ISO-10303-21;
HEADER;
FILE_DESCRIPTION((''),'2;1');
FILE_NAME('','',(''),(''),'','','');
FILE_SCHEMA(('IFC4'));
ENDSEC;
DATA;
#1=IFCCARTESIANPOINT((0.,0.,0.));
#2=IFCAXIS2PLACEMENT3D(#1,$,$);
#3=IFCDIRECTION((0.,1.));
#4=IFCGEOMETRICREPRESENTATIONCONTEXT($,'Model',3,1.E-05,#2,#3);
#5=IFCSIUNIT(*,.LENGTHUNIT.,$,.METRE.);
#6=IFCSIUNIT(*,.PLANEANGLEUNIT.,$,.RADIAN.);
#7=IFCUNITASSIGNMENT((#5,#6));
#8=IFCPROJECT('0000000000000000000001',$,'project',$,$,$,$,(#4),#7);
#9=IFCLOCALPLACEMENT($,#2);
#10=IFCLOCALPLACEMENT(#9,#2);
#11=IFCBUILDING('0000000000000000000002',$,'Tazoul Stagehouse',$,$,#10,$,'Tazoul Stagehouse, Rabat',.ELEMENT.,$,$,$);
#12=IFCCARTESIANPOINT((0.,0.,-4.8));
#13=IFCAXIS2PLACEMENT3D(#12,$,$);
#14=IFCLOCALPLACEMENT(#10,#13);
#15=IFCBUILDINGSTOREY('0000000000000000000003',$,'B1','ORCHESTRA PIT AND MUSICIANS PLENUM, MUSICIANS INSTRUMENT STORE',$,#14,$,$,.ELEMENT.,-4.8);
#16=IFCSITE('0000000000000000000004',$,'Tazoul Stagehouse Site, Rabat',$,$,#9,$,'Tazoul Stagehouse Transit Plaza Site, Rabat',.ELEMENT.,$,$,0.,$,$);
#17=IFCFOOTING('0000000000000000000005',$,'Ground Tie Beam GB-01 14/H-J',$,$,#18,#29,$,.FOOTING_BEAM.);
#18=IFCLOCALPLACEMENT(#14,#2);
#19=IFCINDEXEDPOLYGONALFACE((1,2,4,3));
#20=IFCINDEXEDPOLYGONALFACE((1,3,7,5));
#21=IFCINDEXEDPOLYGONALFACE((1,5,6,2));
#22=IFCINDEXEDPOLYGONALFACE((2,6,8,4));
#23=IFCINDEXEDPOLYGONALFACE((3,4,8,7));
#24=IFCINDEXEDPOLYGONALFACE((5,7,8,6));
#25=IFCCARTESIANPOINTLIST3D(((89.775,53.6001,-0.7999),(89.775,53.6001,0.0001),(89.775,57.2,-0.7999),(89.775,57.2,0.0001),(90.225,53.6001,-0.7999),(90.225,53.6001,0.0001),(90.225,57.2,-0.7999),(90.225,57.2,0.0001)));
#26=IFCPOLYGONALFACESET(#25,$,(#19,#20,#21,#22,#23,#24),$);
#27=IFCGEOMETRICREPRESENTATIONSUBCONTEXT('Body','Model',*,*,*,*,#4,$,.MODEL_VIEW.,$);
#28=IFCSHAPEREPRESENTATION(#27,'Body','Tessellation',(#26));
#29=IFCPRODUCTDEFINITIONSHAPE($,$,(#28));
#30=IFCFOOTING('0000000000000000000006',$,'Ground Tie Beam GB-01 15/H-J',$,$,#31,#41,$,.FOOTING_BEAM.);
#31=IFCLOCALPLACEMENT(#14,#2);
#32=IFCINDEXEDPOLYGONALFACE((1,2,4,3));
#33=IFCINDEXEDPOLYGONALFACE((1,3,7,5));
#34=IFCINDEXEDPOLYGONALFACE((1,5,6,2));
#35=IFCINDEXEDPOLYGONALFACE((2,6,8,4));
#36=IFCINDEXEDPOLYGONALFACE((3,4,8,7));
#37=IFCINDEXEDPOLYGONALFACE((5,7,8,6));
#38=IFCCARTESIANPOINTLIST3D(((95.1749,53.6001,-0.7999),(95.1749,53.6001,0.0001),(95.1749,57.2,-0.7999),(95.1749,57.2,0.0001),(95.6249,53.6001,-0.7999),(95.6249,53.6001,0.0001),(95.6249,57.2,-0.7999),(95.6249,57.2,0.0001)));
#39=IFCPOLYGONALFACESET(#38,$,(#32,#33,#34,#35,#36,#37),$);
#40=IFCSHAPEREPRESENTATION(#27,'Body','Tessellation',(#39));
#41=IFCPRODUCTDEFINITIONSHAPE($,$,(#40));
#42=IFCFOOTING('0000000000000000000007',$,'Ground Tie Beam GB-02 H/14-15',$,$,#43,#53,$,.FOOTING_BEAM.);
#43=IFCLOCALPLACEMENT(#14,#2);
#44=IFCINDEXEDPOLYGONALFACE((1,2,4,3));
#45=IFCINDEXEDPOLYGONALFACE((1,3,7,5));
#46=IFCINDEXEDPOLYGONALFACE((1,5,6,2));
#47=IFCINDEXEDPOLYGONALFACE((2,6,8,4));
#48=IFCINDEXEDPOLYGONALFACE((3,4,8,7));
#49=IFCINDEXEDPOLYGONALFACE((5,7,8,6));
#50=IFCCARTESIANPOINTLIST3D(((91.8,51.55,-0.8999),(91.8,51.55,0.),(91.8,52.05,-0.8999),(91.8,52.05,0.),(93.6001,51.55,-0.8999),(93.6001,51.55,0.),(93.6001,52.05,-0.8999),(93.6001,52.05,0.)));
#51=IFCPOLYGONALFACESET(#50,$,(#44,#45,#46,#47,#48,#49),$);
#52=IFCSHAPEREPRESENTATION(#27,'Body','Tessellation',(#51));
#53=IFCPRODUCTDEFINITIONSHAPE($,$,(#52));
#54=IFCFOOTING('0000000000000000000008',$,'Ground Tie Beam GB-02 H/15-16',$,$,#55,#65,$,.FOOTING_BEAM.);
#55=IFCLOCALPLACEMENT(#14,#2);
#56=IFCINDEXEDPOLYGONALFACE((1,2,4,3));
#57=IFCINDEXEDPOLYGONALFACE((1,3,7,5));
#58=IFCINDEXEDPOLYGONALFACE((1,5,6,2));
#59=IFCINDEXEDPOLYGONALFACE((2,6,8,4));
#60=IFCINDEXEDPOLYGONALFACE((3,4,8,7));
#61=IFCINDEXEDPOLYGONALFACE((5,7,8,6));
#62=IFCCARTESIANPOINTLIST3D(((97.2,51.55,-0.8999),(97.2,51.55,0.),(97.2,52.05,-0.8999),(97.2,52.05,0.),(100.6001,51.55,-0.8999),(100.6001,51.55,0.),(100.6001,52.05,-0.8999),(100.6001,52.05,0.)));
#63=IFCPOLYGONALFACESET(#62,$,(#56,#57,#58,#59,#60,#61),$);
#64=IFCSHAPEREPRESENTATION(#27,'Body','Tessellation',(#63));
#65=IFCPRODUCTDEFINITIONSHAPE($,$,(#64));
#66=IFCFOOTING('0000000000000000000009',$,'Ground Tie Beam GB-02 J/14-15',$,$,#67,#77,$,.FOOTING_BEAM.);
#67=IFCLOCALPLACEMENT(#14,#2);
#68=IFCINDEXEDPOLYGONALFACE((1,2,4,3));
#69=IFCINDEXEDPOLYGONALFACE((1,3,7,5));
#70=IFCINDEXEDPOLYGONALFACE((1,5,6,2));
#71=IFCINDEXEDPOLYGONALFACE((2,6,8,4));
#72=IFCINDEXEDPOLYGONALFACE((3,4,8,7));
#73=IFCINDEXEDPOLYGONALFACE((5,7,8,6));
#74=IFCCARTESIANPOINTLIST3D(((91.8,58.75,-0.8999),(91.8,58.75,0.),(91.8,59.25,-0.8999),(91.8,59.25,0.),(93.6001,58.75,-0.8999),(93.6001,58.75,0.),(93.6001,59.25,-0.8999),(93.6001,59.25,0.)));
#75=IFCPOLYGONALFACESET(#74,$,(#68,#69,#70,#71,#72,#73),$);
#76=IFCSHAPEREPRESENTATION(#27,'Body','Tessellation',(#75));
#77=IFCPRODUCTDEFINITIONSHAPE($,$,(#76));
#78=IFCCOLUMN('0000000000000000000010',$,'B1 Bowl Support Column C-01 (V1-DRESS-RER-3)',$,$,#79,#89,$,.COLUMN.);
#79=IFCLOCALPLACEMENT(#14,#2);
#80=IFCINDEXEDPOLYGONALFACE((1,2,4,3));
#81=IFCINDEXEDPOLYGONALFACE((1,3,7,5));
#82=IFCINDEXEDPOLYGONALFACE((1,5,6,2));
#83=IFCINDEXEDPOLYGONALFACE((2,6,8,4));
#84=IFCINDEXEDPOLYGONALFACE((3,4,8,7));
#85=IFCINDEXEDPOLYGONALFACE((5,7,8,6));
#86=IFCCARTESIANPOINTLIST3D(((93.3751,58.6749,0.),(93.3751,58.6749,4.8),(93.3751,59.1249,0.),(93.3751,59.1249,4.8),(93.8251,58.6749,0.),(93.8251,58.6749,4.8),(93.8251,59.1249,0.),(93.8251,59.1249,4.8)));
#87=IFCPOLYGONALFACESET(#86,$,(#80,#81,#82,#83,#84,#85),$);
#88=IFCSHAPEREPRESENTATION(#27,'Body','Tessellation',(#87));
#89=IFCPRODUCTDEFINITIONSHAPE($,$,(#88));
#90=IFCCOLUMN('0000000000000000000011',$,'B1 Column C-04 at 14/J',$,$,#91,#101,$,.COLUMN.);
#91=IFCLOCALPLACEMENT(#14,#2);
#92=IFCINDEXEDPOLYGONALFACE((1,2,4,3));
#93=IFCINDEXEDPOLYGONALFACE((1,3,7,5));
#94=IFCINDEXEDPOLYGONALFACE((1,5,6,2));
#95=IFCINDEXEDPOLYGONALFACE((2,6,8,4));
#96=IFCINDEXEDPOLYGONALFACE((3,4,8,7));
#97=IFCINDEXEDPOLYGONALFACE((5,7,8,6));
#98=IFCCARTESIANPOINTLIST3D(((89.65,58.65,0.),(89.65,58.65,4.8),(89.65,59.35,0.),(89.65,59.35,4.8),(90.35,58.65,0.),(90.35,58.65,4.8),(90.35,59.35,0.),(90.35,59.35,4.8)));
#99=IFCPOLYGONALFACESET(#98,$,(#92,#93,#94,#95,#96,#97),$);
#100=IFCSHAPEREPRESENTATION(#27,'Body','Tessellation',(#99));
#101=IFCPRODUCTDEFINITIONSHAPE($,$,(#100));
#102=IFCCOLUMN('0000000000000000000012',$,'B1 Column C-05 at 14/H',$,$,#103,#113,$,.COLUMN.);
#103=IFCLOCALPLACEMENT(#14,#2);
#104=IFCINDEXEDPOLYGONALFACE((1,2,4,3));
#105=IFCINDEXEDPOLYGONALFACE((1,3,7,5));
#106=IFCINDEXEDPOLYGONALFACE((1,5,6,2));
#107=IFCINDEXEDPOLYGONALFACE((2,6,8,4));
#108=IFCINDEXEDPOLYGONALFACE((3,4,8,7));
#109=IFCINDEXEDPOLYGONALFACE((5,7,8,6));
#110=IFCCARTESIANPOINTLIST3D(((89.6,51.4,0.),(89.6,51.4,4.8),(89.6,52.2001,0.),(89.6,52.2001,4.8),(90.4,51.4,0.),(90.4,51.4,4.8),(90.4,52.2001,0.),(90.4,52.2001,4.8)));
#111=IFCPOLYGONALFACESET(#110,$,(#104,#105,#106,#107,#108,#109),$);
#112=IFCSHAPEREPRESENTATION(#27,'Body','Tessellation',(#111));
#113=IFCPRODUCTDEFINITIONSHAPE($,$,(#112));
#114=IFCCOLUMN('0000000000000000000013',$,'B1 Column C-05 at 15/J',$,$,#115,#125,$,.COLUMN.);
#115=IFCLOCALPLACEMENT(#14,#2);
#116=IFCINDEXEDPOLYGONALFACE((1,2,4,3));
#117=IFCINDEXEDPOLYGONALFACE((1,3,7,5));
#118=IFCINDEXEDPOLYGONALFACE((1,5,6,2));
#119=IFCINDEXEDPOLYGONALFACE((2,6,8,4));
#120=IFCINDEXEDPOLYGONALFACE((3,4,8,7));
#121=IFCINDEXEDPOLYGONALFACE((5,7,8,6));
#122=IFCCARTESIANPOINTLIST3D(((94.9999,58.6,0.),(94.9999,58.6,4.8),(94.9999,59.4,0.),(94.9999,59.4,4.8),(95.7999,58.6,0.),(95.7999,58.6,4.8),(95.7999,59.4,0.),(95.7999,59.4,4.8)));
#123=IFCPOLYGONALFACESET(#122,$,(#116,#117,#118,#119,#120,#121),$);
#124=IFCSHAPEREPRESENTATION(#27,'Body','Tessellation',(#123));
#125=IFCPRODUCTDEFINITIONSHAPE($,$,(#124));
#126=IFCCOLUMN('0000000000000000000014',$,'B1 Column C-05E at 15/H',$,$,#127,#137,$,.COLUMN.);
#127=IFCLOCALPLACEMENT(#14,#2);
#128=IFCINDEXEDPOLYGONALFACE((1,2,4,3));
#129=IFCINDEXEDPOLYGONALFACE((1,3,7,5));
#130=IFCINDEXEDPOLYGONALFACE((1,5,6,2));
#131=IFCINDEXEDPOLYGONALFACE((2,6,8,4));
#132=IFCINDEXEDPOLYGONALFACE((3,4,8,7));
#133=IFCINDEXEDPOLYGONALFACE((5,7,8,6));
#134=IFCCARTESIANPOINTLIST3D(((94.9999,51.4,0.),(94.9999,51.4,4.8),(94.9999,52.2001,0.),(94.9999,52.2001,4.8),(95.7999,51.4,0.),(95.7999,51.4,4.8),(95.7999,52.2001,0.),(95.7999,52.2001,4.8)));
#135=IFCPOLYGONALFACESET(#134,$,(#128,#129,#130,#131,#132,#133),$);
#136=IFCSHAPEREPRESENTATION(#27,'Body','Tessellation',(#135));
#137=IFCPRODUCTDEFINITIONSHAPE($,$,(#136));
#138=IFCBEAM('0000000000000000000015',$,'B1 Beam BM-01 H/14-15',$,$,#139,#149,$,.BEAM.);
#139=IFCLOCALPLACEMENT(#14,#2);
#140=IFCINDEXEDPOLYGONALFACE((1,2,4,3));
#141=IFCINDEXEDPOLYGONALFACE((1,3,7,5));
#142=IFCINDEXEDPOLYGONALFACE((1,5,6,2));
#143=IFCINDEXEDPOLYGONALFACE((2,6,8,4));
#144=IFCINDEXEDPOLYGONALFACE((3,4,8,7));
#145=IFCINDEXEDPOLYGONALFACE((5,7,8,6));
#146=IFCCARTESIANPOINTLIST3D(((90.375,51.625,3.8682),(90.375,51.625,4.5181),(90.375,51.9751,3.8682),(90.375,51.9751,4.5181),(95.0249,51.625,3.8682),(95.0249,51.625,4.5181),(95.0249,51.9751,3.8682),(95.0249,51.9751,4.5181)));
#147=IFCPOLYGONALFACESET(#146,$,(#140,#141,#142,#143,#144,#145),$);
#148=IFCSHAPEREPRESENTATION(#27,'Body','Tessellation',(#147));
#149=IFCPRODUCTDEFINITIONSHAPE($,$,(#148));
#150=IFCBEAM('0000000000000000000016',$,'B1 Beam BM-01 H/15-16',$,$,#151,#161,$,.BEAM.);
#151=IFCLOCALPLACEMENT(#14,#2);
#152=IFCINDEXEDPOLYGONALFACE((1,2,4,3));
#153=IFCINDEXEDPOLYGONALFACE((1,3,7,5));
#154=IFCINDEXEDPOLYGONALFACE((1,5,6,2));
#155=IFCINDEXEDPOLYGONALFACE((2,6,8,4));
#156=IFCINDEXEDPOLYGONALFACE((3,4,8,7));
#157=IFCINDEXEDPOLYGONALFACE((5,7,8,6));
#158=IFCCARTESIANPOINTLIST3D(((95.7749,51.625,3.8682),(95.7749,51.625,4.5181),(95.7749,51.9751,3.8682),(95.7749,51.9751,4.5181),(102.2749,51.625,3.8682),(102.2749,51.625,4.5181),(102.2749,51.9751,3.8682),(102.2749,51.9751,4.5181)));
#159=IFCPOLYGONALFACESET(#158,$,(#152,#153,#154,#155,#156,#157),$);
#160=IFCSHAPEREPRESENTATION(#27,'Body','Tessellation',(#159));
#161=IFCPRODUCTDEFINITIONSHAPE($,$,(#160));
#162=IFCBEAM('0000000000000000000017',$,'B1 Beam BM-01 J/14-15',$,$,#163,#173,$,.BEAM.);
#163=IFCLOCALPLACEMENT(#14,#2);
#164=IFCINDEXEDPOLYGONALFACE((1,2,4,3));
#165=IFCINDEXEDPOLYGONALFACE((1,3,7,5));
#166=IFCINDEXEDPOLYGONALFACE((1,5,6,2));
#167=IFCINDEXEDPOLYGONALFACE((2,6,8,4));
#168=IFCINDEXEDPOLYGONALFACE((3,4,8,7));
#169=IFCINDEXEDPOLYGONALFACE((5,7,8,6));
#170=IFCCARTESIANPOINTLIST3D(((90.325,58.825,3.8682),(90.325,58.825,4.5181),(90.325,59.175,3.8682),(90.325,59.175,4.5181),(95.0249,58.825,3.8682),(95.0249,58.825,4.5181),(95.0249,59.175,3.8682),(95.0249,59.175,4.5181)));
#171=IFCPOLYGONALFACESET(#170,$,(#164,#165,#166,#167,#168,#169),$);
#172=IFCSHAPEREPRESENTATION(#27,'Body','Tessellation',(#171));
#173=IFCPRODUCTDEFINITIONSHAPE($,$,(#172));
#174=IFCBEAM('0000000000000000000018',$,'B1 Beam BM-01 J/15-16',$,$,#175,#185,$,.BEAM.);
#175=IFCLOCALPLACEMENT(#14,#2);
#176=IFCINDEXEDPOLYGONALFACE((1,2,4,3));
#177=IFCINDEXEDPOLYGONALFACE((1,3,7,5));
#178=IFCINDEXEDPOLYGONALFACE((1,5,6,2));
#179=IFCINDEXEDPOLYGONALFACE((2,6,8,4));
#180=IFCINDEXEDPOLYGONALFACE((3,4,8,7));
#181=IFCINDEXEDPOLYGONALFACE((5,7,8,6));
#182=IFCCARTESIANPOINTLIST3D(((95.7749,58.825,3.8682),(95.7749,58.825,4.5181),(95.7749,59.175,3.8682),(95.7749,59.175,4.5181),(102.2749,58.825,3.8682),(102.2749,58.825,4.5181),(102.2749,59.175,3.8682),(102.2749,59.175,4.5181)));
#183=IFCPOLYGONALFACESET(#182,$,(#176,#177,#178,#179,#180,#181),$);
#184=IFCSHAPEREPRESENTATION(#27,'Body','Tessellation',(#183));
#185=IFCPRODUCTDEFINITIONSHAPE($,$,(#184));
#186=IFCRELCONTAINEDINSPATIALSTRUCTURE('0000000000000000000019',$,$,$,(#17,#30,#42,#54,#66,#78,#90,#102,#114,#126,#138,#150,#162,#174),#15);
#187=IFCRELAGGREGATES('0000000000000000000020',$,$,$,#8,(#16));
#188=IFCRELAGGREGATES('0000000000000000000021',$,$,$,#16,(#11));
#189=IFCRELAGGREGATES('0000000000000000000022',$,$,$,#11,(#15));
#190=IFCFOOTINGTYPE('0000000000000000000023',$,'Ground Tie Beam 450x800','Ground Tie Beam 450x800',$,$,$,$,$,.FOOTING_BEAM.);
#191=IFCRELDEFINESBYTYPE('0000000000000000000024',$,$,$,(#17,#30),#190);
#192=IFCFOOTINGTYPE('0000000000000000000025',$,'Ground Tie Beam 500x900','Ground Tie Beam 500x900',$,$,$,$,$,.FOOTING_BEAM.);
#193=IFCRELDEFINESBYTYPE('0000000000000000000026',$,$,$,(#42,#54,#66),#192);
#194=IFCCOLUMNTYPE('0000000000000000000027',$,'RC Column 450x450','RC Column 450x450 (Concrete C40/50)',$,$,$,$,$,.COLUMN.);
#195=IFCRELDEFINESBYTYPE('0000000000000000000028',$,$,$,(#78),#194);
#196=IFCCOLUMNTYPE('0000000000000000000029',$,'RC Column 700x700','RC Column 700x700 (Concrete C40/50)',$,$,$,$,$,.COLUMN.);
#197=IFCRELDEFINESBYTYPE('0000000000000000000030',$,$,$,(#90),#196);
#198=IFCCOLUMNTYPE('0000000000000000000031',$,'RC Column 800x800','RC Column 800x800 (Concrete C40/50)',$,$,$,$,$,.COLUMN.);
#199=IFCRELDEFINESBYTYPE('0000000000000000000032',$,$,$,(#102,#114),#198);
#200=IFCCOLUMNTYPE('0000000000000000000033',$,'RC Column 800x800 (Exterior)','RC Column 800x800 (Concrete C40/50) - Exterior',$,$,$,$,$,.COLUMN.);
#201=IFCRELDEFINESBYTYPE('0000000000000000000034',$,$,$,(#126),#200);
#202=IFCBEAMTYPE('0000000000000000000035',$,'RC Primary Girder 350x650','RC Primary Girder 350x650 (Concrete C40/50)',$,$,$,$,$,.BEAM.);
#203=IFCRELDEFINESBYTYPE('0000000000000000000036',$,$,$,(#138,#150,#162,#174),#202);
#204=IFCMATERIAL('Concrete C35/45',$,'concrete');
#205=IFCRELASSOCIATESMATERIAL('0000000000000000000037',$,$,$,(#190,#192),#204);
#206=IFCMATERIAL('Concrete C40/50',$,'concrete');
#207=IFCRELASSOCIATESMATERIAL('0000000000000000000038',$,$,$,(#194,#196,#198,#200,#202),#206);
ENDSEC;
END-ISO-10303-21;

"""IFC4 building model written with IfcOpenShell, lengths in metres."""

from ifc_helpers import new_model, si_unit, direction, frame, origin, origin_2d, place, context, subcontext, project, spatial, rectangle, extrude, material, material_profile, profile_set, type_object, element, save


model = new_model("IFC4")

# Units and contexts
model_context = context("Model", 3, precision=1e-05, world=origin(), true_north=direction((0.0, 1.0)))
body_context = subcontext(model_context, "Body", "Model", "MODEL_VIEW")
ifc_project = project(units=[si_unit("LENGTHUNIT", "METRE"), si_unit("PLANEANGLEUNIT", "RADIAN")], contexts=[model_context])

# Site, building, storey
site_placement = place(None, origin())
site = spatial("IfcSite", under=ifc_project, at=site_placement, Name="Tazoul Stagehouse Site, Rabat", LongName="Tazoul Stagehouse Transit Plaza Site, Rabat", CompositionType="ELEMENT", RefElevation=0.0)
building_placement = place(site_placement, origin())
building = spatial("IfcBuilding", under=site, at=building_placement, Name="Tazoul Stagehouse", LongName="Tazoul Stagehouse, Rabat", CompositionType="ELEMENT")
storey_placement = place(building_placement, frame((0.0, 0.0, -4.8)))
storey = spatial("IfcBuildingStorey", under=building, at=storey_placement, Name="B1", Description="ORCHESTRA PIT AND MUSICIANS PLENUM, MUSICIANS INSTRUMENT STORE", CompositionType="ELEMENT", Elevation=-4.8)

# Shared definitions
ifc_material_1 = material(Name="Concrete C35/45", Category="concrete")

# Footings
ifc_material_profile_1 = material_profile(ifc_material_1, rectangle(XDim=0.45, YDim=0.8, at=origin_2d()), Name="RC 450x800")
ifc_profile_set_1 = profile_set([ifc_material_profile_1], Name="Concrete C35/45")
footing_type_1 = type_object("IfcFootingType", Name="Ground Tie Beam 450x800", Description="Ground Tie Beam 450x800", PredefinedType="FOOTING_BEAM", material=ifc_profile_set_1)
for number, where, z_axis, x_axis, name in (
    (1, (90.0, 53.6001, -0.3999), (0.0, 1.0, 0.0), (-1.0, 0.0, 0.0), "Ground Tie Beam GB-01 14/H-J"),
    (2, (95.3999, 53.6001, -0.3999), (0.0, 1.0, 0.0), (-1.0, 0.0, 0.0), "Ground Tie Beam GB-01 15/H-J"),
):
    element("IfcFooting", number, at=place(storey_placement, frame(where, z_axis=z_axis, x_axis=x_axis)), inside=storey, type_object=footing_type_1, Name=name, PredefinedType="FOOTING_BEAM", context=body_context, shape_type="SweptSolid", body=[
        extrude(rectangle(XDim=0.45, YDim=0.8, at=origin_2d()), origin(), (0.0, 0.0, 1.0), 3.5999),
    ])
ifc_material_profile_2 = material_profile(ifc_material_1, rectangle(XDim=0.5, YDim=0.8999, at=origin_2d()), Name="RC 500x900")
ifc_profile_set_2 = profile_set([ifc_material_profile_2], Name="Concrete C35/45")
footing_type_2 = type_object("IfcFootingType", Name="Ground Tie Beam 500x900", Description="Ground Tie Beam 500x900", PredefinedType="FOOTING_BEAM", material=ifc_profile_set_2)
footing_1_placement = place(storey_placement, frame((91.8, 51.8, -0.45), z_axis=(1.0, 0.0, 0.0), x_axis=(0.0, 1.0, 0.0)))
element("IfcFooting", 3, at=footing_1_placement, inside=storey, type_object=footing_type_2, Name="Ground Tie Beam GB-02 H/14-15", PredefinedType="FOOTING_BEAM", context=body_context, shape_type="SweptSolid", body=[
    extrude(rectangle(XDim=0.5, YDim=0.8999, at=origin_2d()), origin(), (0.0, 0.0, 1.0), 1.8),
])
footing_2_placement = place(storey_placement, frame((97.2, 51.8, -0.45), z_axis=(1.0, 0.0, 0.0), x_axis=(0.0, 1.0, 0.0)))
element("IfcFooting", 4, at=footing_2_placement, inside=storey, type_object=footing_type_2, Name="Ground Tie Beam GB-02 H/15-16", PredefinedType="FOOTING_BEAM", context=body_context, shape_type="SweptSolid", body=[
    extrude(rectangle(XDim=0.5, YDim=0.8999, at=origin_2d()), origin(), (0.0, 0.0, 1.0), 3.4001),
])
footing_3_placement = place(storey_placement, frame((91.8, 59.0, -0.45), z_axis=(1.0, 0.0, 0.0), x_axis=(0.0, 1.0, 0.0)))
element("IfcFooting", 5, at=footing_3_placement, inside=storey, type_object=footing_type_2, Name="Ground Tie Beam GB-02 J/14-15", PredefinedType="FOOTING_BEAM", context=body_context, shape_type="SweptSolid", body=[
    extrude(rectangle(XDim=0.5, YDim=0.8999, at=origin_2d()), origin(), (0.0, 0.0, 1.0), 1.8),
])

# Columns
ifc_material_2 = material(Name="Concrete C40/50", Category="concrete")
ifc_material_profile_3 = material_profile(ifc_material_2, rectangle(XDim=0.45, YDim=0.45, at=origin_2d()), Name="RC 450x450")
ifc_profile_set_3 = profile_set([ifc_material_profile_3], Name="Concrete C40/50")
column_type_1 = type_object("IfcColumnType", Name="RC Column 450x450", Description="RC Column 450x450 (Concrete C40/50)", PredefinedType="COLUMN", material=ifc_profile_set_3)
column_1_placement = place(storey_placement, frame((93.6001, 58.8999, 0.0), z_axis=(0.0, 0.0, 1.0), x_axis=(1.0, 0.0, 0.0)))
element("IfcColumn", 6, at=column_1_placement, inside=storey, type_object=column_type_1, Name="B1 Bowl Support Column C-01 (V1-DRESS-RER-3)", PredefinedType="COLUMN", context=body_context, shape_type="SweptSolid", body=[
    extrude(rectangle(XDim=0.45, YDim=0.45, at=origin_2d()), origin(), (0.0, 0.0, 1.0), 4.8),
])
ifc_material_profile_4 = material_profile(ifc_material_2, rectangle(XDim=0.7, YDim=0.7, at=origin_2d()), Name="RC 700x700")
ifc_profile_set_4 = profile_set([ifc_material_profile_4], Name="Concrete C40/50")
column_type_2 = type_object("IfcColumnType", Name="RC Column 700x700", Description="RC Column 700x700 (Concrete C40/50)", PredefinedType="COLUMN", material=ifc_profile_set_4)
column_2_placement = place(storey_placement, frame((90.0, 59.0, 0.0), z_axis=(0.0, 0.0, 1.0), x_axis=(1.0, 0.0, 0.0)))
element("IfcColumn", 7, at=column_2_placement, inside=storey, type_object=column_type_2, Name="B1 Column C-04 at 14/J", PredefinedType="COLUMN", context=body_context, shape_type="SweptSolid", body=[
    extrude(rectangle(XDim=0.7, YDim=0.7, at=origin_2d()), origin(), (0.0, 0.0, 1.0), 4.8),
])
ifc_material_profile_5 = material_profile(ifc_material_2, rectangle(XDim=0.8, YDim=0.8, at=origin_2d()), Name="RC 800x800")
ifc_profile_set_5 = profile_set([ifc_material_profile_5], Name="Concrete C40/50")
column_type_3 = type_object("IfcColumnType", Name="RC Column 800x800", Description="RC Column 800x800 (Concrete C40/50)", PredefinedType="COLUMN", material=ifc_profile_set_5)
for number, where, z_axis, x_axis, name in (
    (8, (90.0, 51.8, 0.0), (0.0, 0.0, 1.0), (1.0, 0.0, 0.0), "B1 Column C-05 at 14/H"),
    (9, (95.3999, 59.0, 0.0), (0.0, 0.0, 1.0), (1.0, 0.0, 0.0), "B1 Column C-05 at 15/J"),
):
    element("IfcColumn", number, at=place(storey_placement, frame(where, z_axis=z_axis, x_axis=x_axis)), inside=storey, type_object=column_type_3, Name=name, PredefinedType="COLUMN", context=body_context, shape_type="SweptSolid", body=[
        extrude(rectangle(XDim=0.8, YDim=0.8, at=origin_2d()), origin(), (0.0, 0.0, 1.0), 4.8),
    ])
ifc_material_profile_6 = material_profile(ifc_material_2, rectangle(XDim=0.8, YDim=0.8, at=origin_2d()), Name="RC 800x800")
ifc_profile_set_6 = profile_set([ifc_material_profile_6], Name="Concrete C40/50")
column_type_4 = type_object("IfcColumnType", Name="RC Column 800x800 (Exterior)", Description="RC Column 800x800 (Concrete C40/50) - Exterior", PredefinedType="COLUMN", material=ifc_profile_set_6)
column_3_placement = place(storey_placement, frame((95.3999, 51.8, 0.0), z_axis=(0.0, 0.0, 1.0), x_axis=(1.0, 0.0, 0.0)))
element("IfcColumn", 10, at=column_3_placement, inside=storey, type_object=column_type_4, Name="B1 Column C-05E at 15/H", PredefinedType="COLUMN", context=body_context, shape_type="SweptSolid", body=[
    extrude(rectangle(XDim=0.8, YDim=0.8, at=origin_2d()), origin(), (0.0, 0.0, 1.0), 4.8),
])

# Beams
ifc_material_profile_7 = material_profile(ifc_material_2, rectangle(XDim=0.3501, YDim=0.6499, at=origin_2d()), Name="RC 350x650")
ifc_profile_set_7 = profile_set([ifc_material_profile_7], Name="Concrete C40/50")
beam_type_1 = type_object("IfcBeamType", Name="RC Primary Girder 350x650", Description="RC Primary Girder 350x650 (Concrete C40/50)", PredefinedType="BEAM", material=ifc_profile_set_7)
beam_1_placement = place(storey_placement, frame((90.375, 51.8, 4.1931), z_axis=(1.0, 0.0, 0.0), x_axis=(0.0, 1.0, 0.0)))
element("IfcBeam", 11, at=beam_1_placement, inside=storey, type_object=beam_type_1, Name="B1 Beam BM-01 H/14-15", PredefinedType="BEAM", context=body_context, shape_type="SweptSolid", body=[
    extrude(rectangle(XDim=0.3501, YDim=0.6499, at=origin_2d()), origin(), (0.0, 0.0, 1.0), 4.6499),
])
beam_2_placement = place(storey_placement, frame((95.7749, 51.8, 4.1931), z_axis=(1.0, 0.0, 0.0), x_axis=(0.0, 1.0, 0.0)))
element("IfcBeam", 12, at=beam_2_placement, inside=storey, type_object=beam_type_1, Name="B1 Beam BM-01 H/15-16", PredefinedType="BEAM", context=body_context, shape_type="SweptSolid", body=[
    extrude(rectangle(XDim=0.3501, YDim=0.6499, at=origin_2d()), origin(), (0.0, 0.0, 1.0), 6.5),
])
beam_3_placement = place(storey_placement, frame((90.325, 59.0, 4.1931), z_axis=(1.0, 0.0, 0.0), x_axis=(0.0, 1.0, 0.0)))
element("IfcBeam", 13, at=beam_3_placement, inside=storey, type_object=beam_type_1, Name="B1 Beam BM-01 J/14-15", PredefinedType="BEAM", context=body_context, shape_type="SweptSolid", body=[
    extrude(rectangle(XDim=0.3501, YDim=0.6499, at=origin_2d()), origin(), (0.0, 0.0, 1.0), 4.7),
])
for number, where, z_axis, x_axis, name in (
    (14, (95.7749, 59.0, 4.1931), (1.0, 0.0, 0.0), (0.0, 1.0, 0.0), "B1 Beam BM-01 J/15-16"),
):
    element("IfcBeam", number, at=place(storey_placement, frame(where, z_axis=z_axis, x_axis=x_axis)), inside=storey, type_object=beam_type_1, Name=name, PredefinedType="BEAM", context=body_context, shape_type="SweptSolid", body=[
        extrude(rectangle(XDim=0.3501, YDim=0.6499, at=origin_2d()), origin(), (0.0, 0.0, 1.0), 6.5),
    ])

save(model, "model.ifc")
